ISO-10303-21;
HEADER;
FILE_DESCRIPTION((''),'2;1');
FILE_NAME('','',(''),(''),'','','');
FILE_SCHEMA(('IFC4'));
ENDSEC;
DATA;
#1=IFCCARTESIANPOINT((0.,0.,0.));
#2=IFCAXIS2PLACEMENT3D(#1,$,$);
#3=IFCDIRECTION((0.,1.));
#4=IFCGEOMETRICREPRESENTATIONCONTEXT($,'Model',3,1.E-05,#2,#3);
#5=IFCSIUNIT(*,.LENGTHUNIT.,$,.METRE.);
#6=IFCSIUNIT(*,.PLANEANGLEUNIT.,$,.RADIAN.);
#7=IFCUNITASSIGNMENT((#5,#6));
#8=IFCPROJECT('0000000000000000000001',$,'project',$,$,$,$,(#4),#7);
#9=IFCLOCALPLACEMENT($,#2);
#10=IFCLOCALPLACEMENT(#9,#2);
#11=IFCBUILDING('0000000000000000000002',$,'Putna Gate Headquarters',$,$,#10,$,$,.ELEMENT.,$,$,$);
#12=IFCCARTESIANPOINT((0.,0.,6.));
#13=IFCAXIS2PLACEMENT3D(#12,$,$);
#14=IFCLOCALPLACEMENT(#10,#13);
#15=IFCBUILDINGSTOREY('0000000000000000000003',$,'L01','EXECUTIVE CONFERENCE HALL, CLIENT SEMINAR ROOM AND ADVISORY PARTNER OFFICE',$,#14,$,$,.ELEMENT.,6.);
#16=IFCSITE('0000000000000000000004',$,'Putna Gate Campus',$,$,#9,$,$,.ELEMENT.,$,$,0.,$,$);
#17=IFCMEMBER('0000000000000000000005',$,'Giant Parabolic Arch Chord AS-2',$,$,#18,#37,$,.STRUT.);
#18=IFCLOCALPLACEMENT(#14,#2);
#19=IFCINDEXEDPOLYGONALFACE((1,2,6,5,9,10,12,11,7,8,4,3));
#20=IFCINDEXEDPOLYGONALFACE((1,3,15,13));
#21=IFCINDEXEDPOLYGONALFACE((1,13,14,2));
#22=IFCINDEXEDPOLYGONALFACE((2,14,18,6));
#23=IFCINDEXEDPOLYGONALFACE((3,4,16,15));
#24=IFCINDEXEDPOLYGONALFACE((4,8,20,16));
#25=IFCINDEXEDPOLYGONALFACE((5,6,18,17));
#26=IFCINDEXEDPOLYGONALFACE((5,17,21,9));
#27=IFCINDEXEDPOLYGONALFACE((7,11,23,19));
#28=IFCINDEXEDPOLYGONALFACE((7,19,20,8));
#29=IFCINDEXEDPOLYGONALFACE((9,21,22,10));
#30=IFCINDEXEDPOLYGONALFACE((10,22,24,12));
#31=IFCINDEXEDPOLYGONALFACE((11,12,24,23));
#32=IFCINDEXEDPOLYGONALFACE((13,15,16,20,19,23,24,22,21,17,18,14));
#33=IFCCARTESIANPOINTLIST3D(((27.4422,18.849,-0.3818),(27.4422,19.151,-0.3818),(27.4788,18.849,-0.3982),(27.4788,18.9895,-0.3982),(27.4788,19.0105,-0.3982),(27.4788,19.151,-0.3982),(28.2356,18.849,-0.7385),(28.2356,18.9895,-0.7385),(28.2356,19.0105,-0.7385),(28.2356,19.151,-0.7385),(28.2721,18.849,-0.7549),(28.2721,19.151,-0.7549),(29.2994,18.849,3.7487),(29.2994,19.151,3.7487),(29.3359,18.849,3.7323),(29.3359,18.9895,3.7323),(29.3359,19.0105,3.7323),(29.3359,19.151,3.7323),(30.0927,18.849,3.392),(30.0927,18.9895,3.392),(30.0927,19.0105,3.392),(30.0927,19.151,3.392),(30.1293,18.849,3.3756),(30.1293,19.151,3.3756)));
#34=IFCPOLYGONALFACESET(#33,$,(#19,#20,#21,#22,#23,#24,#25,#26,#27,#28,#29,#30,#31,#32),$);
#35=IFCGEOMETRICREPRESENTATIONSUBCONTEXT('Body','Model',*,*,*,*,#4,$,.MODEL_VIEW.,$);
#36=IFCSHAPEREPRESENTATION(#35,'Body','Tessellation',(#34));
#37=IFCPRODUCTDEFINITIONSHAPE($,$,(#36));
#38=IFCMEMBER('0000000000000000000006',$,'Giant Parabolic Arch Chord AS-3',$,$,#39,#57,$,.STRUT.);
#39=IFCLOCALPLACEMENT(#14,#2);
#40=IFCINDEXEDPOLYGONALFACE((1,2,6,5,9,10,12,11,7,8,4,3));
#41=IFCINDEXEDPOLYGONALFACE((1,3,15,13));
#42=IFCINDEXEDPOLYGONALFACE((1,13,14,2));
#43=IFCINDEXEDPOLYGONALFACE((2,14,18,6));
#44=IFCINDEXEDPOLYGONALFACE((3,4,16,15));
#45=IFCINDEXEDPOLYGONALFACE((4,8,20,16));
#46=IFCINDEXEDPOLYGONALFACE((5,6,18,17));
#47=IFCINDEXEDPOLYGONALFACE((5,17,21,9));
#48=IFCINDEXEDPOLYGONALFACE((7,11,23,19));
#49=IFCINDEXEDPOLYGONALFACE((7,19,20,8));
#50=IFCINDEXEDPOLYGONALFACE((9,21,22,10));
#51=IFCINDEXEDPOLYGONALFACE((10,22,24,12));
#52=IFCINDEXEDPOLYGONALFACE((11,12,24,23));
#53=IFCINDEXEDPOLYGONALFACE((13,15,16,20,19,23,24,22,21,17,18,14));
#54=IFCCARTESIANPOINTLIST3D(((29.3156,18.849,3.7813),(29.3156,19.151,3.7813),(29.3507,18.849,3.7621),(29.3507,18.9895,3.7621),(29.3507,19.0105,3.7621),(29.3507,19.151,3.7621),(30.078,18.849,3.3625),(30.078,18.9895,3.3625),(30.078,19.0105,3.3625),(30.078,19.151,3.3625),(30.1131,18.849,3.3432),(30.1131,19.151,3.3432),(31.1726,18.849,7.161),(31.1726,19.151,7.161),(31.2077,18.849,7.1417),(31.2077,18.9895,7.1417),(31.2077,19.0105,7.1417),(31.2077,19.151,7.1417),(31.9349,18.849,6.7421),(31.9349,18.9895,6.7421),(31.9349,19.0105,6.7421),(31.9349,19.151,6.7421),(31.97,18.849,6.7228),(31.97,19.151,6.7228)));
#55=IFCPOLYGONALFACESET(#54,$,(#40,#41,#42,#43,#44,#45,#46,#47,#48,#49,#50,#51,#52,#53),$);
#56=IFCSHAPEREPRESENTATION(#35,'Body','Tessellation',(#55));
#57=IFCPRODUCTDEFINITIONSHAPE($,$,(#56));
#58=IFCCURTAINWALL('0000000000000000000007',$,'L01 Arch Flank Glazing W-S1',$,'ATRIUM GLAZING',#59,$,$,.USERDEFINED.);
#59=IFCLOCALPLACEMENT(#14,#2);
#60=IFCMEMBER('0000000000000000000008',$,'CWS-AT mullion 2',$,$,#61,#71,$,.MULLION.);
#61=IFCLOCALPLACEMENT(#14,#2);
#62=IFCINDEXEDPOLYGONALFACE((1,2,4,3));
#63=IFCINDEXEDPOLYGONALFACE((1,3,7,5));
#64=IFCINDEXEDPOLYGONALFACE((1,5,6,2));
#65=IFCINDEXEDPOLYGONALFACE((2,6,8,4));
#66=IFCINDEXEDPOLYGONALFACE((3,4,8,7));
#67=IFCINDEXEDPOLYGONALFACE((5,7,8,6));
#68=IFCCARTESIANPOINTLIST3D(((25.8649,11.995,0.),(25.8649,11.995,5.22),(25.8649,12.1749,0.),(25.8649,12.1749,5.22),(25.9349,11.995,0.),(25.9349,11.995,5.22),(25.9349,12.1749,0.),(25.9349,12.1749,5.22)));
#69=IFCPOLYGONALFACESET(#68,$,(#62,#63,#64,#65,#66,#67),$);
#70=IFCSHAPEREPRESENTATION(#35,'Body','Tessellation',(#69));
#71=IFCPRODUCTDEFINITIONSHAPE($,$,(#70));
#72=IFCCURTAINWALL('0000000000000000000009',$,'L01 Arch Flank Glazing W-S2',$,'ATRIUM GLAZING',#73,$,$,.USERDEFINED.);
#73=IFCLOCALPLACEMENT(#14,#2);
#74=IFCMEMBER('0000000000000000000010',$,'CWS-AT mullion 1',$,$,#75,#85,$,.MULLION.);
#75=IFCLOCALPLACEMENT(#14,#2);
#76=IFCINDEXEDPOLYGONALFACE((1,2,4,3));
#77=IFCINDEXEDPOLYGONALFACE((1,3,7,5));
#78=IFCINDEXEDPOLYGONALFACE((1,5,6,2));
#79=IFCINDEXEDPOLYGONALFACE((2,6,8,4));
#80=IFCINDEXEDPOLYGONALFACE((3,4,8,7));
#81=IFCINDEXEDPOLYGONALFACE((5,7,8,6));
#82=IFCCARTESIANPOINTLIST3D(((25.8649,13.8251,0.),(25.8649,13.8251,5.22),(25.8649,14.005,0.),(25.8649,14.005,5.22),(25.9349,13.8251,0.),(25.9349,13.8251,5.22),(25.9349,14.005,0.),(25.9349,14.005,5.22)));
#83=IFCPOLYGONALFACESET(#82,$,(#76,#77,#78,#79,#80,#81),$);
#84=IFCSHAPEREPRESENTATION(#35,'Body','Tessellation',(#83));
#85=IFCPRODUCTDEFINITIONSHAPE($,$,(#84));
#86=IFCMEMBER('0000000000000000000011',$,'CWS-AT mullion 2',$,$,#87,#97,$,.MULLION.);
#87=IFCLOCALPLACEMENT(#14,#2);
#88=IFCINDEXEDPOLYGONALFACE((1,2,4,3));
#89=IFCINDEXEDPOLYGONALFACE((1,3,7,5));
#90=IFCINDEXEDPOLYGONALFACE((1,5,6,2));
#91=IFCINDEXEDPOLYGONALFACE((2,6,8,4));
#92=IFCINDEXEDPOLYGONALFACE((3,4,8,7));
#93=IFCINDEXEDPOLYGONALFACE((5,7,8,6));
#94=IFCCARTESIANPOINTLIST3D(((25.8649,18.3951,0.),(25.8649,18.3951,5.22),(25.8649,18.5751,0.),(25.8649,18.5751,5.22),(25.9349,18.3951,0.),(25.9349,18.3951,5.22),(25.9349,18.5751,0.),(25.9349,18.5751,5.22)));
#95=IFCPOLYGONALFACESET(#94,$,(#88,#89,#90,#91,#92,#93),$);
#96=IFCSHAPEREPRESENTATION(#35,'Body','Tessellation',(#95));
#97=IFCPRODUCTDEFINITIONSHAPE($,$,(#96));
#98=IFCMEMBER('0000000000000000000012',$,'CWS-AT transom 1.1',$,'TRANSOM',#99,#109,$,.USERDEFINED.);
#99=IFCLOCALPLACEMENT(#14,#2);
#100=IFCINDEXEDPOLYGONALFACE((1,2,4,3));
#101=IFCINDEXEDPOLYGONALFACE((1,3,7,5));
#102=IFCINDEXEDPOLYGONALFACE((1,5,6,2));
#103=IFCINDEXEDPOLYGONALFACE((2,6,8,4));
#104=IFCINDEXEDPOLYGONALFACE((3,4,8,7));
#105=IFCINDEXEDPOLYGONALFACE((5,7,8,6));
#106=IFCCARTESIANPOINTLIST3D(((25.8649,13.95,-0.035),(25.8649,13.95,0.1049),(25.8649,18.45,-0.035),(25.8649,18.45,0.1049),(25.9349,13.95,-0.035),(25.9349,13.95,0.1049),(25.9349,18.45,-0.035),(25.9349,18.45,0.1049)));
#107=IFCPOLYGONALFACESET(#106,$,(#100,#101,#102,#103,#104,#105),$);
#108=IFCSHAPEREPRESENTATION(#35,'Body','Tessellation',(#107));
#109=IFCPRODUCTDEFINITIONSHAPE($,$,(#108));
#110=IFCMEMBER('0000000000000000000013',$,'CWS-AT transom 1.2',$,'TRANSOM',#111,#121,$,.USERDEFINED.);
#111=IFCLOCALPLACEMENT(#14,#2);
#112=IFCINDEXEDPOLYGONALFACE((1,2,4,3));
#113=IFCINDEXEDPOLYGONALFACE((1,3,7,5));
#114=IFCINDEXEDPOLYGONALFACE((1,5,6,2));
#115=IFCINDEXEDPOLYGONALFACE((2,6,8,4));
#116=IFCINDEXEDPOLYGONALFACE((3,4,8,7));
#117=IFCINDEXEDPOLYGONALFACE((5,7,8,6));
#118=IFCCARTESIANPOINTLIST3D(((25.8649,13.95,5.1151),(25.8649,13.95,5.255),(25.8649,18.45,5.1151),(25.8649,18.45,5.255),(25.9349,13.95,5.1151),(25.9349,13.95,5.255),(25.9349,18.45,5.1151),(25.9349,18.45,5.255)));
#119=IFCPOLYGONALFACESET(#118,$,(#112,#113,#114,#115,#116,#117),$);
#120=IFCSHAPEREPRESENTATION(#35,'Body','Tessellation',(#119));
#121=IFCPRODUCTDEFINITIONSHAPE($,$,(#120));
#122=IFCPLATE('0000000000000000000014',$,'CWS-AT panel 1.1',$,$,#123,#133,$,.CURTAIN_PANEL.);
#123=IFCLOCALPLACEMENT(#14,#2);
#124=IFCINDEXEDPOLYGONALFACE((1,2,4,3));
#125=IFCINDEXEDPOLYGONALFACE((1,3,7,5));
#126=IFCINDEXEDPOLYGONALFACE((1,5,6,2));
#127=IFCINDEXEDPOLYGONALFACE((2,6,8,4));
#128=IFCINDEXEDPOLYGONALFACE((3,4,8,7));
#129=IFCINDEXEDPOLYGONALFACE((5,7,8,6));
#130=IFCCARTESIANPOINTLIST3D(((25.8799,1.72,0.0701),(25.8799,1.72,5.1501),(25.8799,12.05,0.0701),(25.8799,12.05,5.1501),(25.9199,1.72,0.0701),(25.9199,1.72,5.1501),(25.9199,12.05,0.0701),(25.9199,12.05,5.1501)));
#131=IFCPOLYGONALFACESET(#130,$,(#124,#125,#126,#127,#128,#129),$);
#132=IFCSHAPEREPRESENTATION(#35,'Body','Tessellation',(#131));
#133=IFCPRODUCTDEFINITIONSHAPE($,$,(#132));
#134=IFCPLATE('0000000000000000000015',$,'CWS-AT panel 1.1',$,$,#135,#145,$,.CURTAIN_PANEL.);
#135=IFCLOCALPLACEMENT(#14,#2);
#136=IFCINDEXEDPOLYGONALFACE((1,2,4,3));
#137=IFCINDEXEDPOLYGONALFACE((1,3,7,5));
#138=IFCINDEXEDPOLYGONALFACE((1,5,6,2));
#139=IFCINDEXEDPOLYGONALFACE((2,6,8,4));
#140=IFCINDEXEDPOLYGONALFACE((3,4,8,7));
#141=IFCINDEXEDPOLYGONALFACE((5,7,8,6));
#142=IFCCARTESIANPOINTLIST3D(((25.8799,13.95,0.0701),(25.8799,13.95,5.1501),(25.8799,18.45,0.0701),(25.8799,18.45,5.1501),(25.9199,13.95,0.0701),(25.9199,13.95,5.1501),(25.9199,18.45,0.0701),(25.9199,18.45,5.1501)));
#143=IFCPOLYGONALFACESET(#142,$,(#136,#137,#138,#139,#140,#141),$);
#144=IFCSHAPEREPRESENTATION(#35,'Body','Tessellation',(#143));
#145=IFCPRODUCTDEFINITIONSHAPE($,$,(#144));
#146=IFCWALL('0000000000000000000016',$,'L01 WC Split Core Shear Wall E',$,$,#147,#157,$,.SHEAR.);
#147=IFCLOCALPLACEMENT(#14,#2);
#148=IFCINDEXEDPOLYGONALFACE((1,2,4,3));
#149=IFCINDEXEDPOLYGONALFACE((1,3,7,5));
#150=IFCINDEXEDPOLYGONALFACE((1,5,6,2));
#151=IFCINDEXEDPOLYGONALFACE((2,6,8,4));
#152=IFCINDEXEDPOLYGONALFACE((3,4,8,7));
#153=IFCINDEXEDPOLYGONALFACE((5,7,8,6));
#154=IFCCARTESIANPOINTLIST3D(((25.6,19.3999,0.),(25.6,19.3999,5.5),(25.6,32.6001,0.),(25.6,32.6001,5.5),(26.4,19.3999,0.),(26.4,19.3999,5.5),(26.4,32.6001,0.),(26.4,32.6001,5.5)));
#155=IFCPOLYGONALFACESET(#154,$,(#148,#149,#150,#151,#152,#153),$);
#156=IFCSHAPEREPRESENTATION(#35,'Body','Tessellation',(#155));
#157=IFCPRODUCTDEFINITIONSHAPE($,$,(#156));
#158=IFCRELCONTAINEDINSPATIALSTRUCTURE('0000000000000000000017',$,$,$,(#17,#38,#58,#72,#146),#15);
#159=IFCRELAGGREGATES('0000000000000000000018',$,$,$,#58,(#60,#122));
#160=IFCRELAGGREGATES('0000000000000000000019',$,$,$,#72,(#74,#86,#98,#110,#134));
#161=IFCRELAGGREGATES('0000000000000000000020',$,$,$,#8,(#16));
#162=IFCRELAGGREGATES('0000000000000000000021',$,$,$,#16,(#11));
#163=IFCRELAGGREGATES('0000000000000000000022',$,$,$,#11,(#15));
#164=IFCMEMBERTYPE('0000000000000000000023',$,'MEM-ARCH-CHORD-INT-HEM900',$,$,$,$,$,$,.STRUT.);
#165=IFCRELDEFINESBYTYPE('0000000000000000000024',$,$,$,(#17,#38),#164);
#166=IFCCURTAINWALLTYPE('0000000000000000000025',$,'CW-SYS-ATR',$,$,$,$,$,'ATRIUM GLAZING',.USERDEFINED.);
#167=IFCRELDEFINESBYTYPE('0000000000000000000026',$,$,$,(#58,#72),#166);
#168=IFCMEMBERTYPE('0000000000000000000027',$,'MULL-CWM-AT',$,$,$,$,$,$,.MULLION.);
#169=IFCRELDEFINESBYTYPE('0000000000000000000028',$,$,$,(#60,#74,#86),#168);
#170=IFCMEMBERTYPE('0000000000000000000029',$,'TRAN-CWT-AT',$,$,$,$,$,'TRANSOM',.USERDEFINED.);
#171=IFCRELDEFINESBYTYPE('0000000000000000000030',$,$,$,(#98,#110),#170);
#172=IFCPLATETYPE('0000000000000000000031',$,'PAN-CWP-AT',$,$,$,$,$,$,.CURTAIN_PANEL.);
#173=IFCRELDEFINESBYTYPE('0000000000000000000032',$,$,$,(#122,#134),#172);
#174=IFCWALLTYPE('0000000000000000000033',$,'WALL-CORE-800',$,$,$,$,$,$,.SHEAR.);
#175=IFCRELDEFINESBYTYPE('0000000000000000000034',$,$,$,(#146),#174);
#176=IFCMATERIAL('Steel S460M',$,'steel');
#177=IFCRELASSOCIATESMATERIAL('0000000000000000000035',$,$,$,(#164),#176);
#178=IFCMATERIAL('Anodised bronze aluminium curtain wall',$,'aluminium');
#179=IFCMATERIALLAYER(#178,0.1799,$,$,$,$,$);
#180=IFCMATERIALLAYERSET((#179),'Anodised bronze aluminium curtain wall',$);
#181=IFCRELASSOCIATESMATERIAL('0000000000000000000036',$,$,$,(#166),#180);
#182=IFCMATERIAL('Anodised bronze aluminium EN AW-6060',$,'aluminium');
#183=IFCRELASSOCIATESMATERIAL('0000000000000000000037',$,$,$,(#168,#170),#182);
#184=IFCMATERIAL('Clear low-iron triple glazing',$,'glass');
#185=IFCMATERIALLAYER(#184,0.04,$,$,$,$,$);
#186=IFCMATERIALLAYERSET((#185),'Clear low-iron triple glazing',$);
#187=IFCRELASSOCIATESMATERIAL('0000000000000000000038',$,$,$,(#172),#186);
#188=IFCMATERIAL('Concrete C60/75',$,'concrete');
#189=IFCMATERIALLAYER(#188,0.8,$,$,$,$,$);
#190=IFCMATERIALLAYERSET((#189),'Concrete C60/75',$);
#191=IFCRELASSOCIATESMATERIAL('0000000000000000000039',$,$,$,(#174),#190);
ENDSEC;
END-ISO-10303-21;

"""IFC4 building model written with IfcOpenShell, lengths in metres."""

from ifc_helpers import new_model, si_unit, direction, frame, frame_2d, origin, origin_2d, place, context, subcontext, project, spatial, rectangle, i_section, extrude, material, layer, layer_set, material_profile, profile_set, type_object, element, aggregate, save


model = new_model("IFC4")

# Units and contexts
model_context = context("Model", 3, precision=1e-05, world=origin(), true_north=direction((0.0, 1.0)))
body_context = subcontext(model_context, "Body", "Model", "MODEL_VIEW")
ifc_project = project(units=[si_unit("LENGTHUNIT", "METRE"), si_unit("PLANEANGLEUNIT", "RADIAN")], contexts=[model_context])

# Site, building, storey
site_placement = place(None, origin())
site = spatial("IfcSite", under=ifc_project, at=site_placement, Name="Putna Gate Campus", CompositionType="ELEMENT", RefElevation=0.0)
building_placement = place(site_placement, origin())
building = spatial("IfcBuilding", under=site, at=building_placement, Name="Putna Gate Headquarters", CompositionType="ELEMENT")
storey_placement = place(building_placement, frame((0.0, 0.0, 6.0)))
storey = spatial("IfcBuildingStorey", under=building, at=storey_placement, Name="L01", Description="EXECUTIVE CONFERENCE HALL, CLIENT SEMINAR ROOM AND ADVISORY PARTNER OFFICE", CompositionType="ELEMENT", Elevation=6.0)

# Shared definitions
ifc_material_1 = material(Name="Concrete C60/75", Category="concrete")

# Members
ifc_material_2 = material(Name="Steel S460M", Category="steel")
ifc_material_profile_1 = material_profile(ifc_material_2, i_section(OverallWidth=0.302, OverallDepth=0.9099, WebThickness=0.021, FlangeThickness=0.04, at=origin_2d()), Name="Steel S460M")
ifc_profile_set_1 = profile_set([ifc_material_profile_1], Name="Steel S460M")
member_type_1 = type_object("IfcMemberType", Name="MEM-ARCH-CHORD-INT-HEM900", PredefinedType="STRUT", material=ifc_profile_set_1)
member_1_placement = place(storey_placement, frame((27.8572, 19.0, -0.5684), z_axis=(0.410071, 0.0, 0.912054), x_axis=(0.0, 1.0, 0.0)))
element("IfcMember", 1, at=member_1_placement, inside=storey, type_object=member_type_1, Name="Giant Parabolic Arch Chord AS-2", PredefinedType="STRUT", context=body_context, shape_type="SweptSolid", body=[
    extrude(i_section(OverallWidth=0.302, OverallDepth=0.9099, WebThickness=0.021, FlangeThickness=0.04, at=origin_2d()), origin(), (0.0, 0.0, 1.0), 4.5288),
])
member_2_placement = place(storey_placement, frame((29.7144, 19.0, 3.5623), z_axis=(0.481547, 0.0, 0.87642), x_axis=(0.0, 1.0, 0.0)))
element("IfcMember", 2, at=member_2_placement, inside=storey, type_object=member_type_1, Name="Giant Parabolic Arch Chord AS-3", PredefinedType="STRUT", context=body_context, shape_type="SweptSolid", body=[
    extrude(i_section(OverallWidth=0.302, OverallDepth=0.9099, WebThickness=0.021, FlangeThickness=0.04, at=origin_2d()), origin(), (0.0, 0.0, 1.0), 3.8562),
])

# Curtain wall, member
ifc_material_3 = material(Name="Anodised bronze aluminium curtain wall", Category="aluminium")
ifc_layer_1 = layer(ifc_material_3, 0.1799)
ifc_layer_set_1 = layer_set([ifc_layer_1], Name="Anodised bronze aluminium curtain wall")
curtain_wall_type = type_object("IfcCurtainWallType", Name="CW-SYS-ATR", ElementType="ATRIUM GLAZING", PredefinedType="USERDEFINED", material=ifc_layer_set_1)
curtain_wall_1_placement = place(storey_placement, origin())
curtain_wall_1 = element("IfcCurtainWall", 3, at=curtain_wall_1_placement, inside=storey, type_object=curtain_wall_type, Name="L01 Arch Flank Glazing W-S1", ObjectType="ATRIUM GLAZING", PredefinedType="USERDEFINED")
ifc_material_4 = material(Name="Anodised bronze aluminium EN AW-6060", Category="aluminium")
ifc_material_profile_2 = material_profile(ifc_material_4, rectangle(XDim=0.0701, YDim=0.1799, at=origin_2d()), Name="Anodised bronze aluminium EN AW-6060")
ifc_profile_set_2 = profile_set([ifc_material_profile_2], Name="Anodised bronze aluminium EN AW-6060")
member_type_2 = type_object("IfcMemberType", Name="MULL-CWM-AT", PredefinedType="MULLION", material=ifc_profile_set_2)
member_3_placement = place(storey_placement, frame((25.8999, 12.085, 0.0), z_axis=(0.0, 0.0, 1.0), x_axis=(-1.0, 0.0, 0.0)))
member_3 = element("IfcMember", 4, at=member_3_placement, type_object=member_type_2, Name="CWS-AT mullion 2", PredefinedType="MULLION", context=body_context, shape_type="SweptSolid", body=[
    extrude(rectangle(XDim=0.0701, YDim=0.1799, at=origin_2d()), origin(), (0.0, 0.0, 1.0), 5.22),
])

# Curtain wall, members
curtain_wall_2_placement = place(storey_placement, origin())
curtain_wall_2 = element("IfcCurtainWall", 5, at=curtain_wall_2_placement, inside=storey, type_object=curtain_wall_type, Name="L01 Arch Flank Glazing W-S2", ObjectType="ATRIUM GLAZING", PredefinedType="USERDEFINED")
member_4_placement = place(storey_placement, frame((25.8999, 13.915, 0.0), z_axis=(0.0, 0.0, 1.0), x_axis=(-1.0, 0.0, 0.0)))
member_4 = element("IfcMember", 6, at=member_4_placement, type_object=member_type_2, Name="CWS-AT mullion 1", PredefinedType="MULLION", context=body_context, shape_type="SweptSolid", body=[
    extrude(rectangle(XDim=0.0701, YDim=0.1799, at=origin_2d()), origin(), (0.0, 0.0, 1.0), 5.22),
])
member_5_placement = place(storey_placement, frame((25.8999, 18.4851, 0.0), z_axis=(0.0, 0.0, 1.0), x_axis=(-1.0, 0.0, 0.0)))
member_5 = element("IfcMember", 7, at=member_5_placement, type_object=member_type_2, Name="CWS-AT mullion 2", PredefinedType="MULLION", context=body_context, shape_type="SweptSolid", body=[
    extrude(rectangle(XDim=0.0701, YDim=0.1799, at=origin_2d()), origin(), (0.0, 0.0, 1.0), 5.22),
])
ifc_material_profile_3 = material_profile(ifc_material_4, rectangle(XDim=0.0701, YDim=0.1399, at=origin_2d()), Name="Anodised bronze aluminium EN AW-6060")
ifc_profile_set_3 = profile_set([ifc_material_profile_3], Name="Anodised bronze aluminium EN AW-6060")
member_type_3 = type_object("IfcMemberType", Name="TRAN-CWT-AT", ElementType="TRANSOM", PredefinedType="USERDEFINED", material=ifc_profile_set_3)
member_6_placement = place(storey_placement, frame((25.8999, 13.95, 0.0349), z_axis=(0.0, 1.0, 0.0), x_axis=(-1.0, 0.0, 0.0)))
member_6 = element("IfcMember", 8, at=member_6_placement, type_object=member_type_3, Name="CWS-AT transom 1.1", ObjectType="TRANSOM", PredefinedType="USERDEFINED", context=body_context, shape_type="SweptSolid", body=[
    extrude(rectangle(XDim=0.0701, YDim=0.1399, at=origin_2d()), origin(), (0.0, 0.0, 1.0), 4.5),
])
member_7_placement = place(storey_placement, frame((25.8999, 13.95, 5.1851), z_axis=(0.0, 1.0, 0.0), x_axis=(-1.0, 0.0, 0.0)))
member_7 = element("IfcMember", 9, at=member_7_placement, type_object=member_type_3, Name="CWS-AT transom 1.2", ObjectType="TRANSOM", PredefinedType="USERDEFINED", context=body_context, shape_type="SweptSolid", body=[
    extrude(rectangle(XDim=0.0701, YDim=0.1399, at=origin_2d()), origin(), (0.0, 0.0, 1.0), 4.5),
])

# Plates
ifc_material_5 = material(Name="Clear low-iron triple glazing", Category="glass")
ifc_layer_2 = layer(ifc_material_5, 0.04)
ifc_layer_set_2 = layer_set([ifc_layer_2], Name="Clear low-iron triple glazing")
plate_type = type_object("IfcPlateType", Name="PAN-CWP-AT", PredefinedType="CURTAIN_PANEL", material=ifc_layer_set_2)
plate_1_placement = place(storey_placement, frame((25.8999, 6.885, 0.0701), z_axis=(0.0, 0.0, 1.0), x_axis=(0.0, 1.0, 0.0)))
plate_1 = element("IfcPlate", 10, at=plate_1_placement, type_object=plate_type, Name="CWS-AT panel 1.1", PredefinedType="CURTAIN_PANEL", context=body_context, shape_type="SweptSolid", body=[
    extrude(rectangle(XDim=10.3301, YDim=0.04, at=origin_2d()), origin(), (0.0, 0.0, 1.0), 5.0801),
])
aggregate(curtain_wall_1, [member_3, plate_1])
plate_2_placement = place(storey_placement, frame((25.8999, 16.2, 0.0701), z_axis=(0.0, 0.0, 1.0), x_axis=(0.0, 1.0, 0.0)))
plate_2 = element("IfcPlate", 11, at=plate_2_placement, type_object=plate_type, Name="CWS-AT panel 1.1", PredefinedType="CURTAIN_PANEL", context=body_context, shape_type="SweptSolid", body=[
    extrude(rectangle(XDim=4.5, YDim=0.04, at=origin_2d()), origin(), (0.0, 0.0, 1.0), 5.0801),
])
aggregate(curtain_wall_2, [member_4, member_5, member_6, member_7, plate_2])

# Wall
ifc_layer_3 = layer(ifc_material_1, 0.8)
ifc_layer_set_3 = layer_set([ifc_layer_3], Name="Concrete C60/75")
wall_type_1 = type_object("IfcWallType", Name="WALL-CORE-800", PredefinedType="SHEAR", material=ifc_layer_set_3)
wall_1_placement = place(storey_placement, frame((26.0, 19.3999, 0.0), z_axis=(0.0, 0.0, 1.0), x_axis=(0.0, 1.0, 0.0)))
element("IfcWall", 12, at=wall_1_placement, inside=storey, type_object=wall_type_1, Name="L01 WC Split Core Shear Wall E", PredefinedType="SHEAR", context=body_context, shape_type="SweptSolid", body=[
    extrude(rectangle(XDim=13.2002, YDim=0.8, at=frame_2d((6.6001, 0.0))), origin(), (0.0, 0.0, 1.0), 5.5),
])

save(model, "model.ifc")
